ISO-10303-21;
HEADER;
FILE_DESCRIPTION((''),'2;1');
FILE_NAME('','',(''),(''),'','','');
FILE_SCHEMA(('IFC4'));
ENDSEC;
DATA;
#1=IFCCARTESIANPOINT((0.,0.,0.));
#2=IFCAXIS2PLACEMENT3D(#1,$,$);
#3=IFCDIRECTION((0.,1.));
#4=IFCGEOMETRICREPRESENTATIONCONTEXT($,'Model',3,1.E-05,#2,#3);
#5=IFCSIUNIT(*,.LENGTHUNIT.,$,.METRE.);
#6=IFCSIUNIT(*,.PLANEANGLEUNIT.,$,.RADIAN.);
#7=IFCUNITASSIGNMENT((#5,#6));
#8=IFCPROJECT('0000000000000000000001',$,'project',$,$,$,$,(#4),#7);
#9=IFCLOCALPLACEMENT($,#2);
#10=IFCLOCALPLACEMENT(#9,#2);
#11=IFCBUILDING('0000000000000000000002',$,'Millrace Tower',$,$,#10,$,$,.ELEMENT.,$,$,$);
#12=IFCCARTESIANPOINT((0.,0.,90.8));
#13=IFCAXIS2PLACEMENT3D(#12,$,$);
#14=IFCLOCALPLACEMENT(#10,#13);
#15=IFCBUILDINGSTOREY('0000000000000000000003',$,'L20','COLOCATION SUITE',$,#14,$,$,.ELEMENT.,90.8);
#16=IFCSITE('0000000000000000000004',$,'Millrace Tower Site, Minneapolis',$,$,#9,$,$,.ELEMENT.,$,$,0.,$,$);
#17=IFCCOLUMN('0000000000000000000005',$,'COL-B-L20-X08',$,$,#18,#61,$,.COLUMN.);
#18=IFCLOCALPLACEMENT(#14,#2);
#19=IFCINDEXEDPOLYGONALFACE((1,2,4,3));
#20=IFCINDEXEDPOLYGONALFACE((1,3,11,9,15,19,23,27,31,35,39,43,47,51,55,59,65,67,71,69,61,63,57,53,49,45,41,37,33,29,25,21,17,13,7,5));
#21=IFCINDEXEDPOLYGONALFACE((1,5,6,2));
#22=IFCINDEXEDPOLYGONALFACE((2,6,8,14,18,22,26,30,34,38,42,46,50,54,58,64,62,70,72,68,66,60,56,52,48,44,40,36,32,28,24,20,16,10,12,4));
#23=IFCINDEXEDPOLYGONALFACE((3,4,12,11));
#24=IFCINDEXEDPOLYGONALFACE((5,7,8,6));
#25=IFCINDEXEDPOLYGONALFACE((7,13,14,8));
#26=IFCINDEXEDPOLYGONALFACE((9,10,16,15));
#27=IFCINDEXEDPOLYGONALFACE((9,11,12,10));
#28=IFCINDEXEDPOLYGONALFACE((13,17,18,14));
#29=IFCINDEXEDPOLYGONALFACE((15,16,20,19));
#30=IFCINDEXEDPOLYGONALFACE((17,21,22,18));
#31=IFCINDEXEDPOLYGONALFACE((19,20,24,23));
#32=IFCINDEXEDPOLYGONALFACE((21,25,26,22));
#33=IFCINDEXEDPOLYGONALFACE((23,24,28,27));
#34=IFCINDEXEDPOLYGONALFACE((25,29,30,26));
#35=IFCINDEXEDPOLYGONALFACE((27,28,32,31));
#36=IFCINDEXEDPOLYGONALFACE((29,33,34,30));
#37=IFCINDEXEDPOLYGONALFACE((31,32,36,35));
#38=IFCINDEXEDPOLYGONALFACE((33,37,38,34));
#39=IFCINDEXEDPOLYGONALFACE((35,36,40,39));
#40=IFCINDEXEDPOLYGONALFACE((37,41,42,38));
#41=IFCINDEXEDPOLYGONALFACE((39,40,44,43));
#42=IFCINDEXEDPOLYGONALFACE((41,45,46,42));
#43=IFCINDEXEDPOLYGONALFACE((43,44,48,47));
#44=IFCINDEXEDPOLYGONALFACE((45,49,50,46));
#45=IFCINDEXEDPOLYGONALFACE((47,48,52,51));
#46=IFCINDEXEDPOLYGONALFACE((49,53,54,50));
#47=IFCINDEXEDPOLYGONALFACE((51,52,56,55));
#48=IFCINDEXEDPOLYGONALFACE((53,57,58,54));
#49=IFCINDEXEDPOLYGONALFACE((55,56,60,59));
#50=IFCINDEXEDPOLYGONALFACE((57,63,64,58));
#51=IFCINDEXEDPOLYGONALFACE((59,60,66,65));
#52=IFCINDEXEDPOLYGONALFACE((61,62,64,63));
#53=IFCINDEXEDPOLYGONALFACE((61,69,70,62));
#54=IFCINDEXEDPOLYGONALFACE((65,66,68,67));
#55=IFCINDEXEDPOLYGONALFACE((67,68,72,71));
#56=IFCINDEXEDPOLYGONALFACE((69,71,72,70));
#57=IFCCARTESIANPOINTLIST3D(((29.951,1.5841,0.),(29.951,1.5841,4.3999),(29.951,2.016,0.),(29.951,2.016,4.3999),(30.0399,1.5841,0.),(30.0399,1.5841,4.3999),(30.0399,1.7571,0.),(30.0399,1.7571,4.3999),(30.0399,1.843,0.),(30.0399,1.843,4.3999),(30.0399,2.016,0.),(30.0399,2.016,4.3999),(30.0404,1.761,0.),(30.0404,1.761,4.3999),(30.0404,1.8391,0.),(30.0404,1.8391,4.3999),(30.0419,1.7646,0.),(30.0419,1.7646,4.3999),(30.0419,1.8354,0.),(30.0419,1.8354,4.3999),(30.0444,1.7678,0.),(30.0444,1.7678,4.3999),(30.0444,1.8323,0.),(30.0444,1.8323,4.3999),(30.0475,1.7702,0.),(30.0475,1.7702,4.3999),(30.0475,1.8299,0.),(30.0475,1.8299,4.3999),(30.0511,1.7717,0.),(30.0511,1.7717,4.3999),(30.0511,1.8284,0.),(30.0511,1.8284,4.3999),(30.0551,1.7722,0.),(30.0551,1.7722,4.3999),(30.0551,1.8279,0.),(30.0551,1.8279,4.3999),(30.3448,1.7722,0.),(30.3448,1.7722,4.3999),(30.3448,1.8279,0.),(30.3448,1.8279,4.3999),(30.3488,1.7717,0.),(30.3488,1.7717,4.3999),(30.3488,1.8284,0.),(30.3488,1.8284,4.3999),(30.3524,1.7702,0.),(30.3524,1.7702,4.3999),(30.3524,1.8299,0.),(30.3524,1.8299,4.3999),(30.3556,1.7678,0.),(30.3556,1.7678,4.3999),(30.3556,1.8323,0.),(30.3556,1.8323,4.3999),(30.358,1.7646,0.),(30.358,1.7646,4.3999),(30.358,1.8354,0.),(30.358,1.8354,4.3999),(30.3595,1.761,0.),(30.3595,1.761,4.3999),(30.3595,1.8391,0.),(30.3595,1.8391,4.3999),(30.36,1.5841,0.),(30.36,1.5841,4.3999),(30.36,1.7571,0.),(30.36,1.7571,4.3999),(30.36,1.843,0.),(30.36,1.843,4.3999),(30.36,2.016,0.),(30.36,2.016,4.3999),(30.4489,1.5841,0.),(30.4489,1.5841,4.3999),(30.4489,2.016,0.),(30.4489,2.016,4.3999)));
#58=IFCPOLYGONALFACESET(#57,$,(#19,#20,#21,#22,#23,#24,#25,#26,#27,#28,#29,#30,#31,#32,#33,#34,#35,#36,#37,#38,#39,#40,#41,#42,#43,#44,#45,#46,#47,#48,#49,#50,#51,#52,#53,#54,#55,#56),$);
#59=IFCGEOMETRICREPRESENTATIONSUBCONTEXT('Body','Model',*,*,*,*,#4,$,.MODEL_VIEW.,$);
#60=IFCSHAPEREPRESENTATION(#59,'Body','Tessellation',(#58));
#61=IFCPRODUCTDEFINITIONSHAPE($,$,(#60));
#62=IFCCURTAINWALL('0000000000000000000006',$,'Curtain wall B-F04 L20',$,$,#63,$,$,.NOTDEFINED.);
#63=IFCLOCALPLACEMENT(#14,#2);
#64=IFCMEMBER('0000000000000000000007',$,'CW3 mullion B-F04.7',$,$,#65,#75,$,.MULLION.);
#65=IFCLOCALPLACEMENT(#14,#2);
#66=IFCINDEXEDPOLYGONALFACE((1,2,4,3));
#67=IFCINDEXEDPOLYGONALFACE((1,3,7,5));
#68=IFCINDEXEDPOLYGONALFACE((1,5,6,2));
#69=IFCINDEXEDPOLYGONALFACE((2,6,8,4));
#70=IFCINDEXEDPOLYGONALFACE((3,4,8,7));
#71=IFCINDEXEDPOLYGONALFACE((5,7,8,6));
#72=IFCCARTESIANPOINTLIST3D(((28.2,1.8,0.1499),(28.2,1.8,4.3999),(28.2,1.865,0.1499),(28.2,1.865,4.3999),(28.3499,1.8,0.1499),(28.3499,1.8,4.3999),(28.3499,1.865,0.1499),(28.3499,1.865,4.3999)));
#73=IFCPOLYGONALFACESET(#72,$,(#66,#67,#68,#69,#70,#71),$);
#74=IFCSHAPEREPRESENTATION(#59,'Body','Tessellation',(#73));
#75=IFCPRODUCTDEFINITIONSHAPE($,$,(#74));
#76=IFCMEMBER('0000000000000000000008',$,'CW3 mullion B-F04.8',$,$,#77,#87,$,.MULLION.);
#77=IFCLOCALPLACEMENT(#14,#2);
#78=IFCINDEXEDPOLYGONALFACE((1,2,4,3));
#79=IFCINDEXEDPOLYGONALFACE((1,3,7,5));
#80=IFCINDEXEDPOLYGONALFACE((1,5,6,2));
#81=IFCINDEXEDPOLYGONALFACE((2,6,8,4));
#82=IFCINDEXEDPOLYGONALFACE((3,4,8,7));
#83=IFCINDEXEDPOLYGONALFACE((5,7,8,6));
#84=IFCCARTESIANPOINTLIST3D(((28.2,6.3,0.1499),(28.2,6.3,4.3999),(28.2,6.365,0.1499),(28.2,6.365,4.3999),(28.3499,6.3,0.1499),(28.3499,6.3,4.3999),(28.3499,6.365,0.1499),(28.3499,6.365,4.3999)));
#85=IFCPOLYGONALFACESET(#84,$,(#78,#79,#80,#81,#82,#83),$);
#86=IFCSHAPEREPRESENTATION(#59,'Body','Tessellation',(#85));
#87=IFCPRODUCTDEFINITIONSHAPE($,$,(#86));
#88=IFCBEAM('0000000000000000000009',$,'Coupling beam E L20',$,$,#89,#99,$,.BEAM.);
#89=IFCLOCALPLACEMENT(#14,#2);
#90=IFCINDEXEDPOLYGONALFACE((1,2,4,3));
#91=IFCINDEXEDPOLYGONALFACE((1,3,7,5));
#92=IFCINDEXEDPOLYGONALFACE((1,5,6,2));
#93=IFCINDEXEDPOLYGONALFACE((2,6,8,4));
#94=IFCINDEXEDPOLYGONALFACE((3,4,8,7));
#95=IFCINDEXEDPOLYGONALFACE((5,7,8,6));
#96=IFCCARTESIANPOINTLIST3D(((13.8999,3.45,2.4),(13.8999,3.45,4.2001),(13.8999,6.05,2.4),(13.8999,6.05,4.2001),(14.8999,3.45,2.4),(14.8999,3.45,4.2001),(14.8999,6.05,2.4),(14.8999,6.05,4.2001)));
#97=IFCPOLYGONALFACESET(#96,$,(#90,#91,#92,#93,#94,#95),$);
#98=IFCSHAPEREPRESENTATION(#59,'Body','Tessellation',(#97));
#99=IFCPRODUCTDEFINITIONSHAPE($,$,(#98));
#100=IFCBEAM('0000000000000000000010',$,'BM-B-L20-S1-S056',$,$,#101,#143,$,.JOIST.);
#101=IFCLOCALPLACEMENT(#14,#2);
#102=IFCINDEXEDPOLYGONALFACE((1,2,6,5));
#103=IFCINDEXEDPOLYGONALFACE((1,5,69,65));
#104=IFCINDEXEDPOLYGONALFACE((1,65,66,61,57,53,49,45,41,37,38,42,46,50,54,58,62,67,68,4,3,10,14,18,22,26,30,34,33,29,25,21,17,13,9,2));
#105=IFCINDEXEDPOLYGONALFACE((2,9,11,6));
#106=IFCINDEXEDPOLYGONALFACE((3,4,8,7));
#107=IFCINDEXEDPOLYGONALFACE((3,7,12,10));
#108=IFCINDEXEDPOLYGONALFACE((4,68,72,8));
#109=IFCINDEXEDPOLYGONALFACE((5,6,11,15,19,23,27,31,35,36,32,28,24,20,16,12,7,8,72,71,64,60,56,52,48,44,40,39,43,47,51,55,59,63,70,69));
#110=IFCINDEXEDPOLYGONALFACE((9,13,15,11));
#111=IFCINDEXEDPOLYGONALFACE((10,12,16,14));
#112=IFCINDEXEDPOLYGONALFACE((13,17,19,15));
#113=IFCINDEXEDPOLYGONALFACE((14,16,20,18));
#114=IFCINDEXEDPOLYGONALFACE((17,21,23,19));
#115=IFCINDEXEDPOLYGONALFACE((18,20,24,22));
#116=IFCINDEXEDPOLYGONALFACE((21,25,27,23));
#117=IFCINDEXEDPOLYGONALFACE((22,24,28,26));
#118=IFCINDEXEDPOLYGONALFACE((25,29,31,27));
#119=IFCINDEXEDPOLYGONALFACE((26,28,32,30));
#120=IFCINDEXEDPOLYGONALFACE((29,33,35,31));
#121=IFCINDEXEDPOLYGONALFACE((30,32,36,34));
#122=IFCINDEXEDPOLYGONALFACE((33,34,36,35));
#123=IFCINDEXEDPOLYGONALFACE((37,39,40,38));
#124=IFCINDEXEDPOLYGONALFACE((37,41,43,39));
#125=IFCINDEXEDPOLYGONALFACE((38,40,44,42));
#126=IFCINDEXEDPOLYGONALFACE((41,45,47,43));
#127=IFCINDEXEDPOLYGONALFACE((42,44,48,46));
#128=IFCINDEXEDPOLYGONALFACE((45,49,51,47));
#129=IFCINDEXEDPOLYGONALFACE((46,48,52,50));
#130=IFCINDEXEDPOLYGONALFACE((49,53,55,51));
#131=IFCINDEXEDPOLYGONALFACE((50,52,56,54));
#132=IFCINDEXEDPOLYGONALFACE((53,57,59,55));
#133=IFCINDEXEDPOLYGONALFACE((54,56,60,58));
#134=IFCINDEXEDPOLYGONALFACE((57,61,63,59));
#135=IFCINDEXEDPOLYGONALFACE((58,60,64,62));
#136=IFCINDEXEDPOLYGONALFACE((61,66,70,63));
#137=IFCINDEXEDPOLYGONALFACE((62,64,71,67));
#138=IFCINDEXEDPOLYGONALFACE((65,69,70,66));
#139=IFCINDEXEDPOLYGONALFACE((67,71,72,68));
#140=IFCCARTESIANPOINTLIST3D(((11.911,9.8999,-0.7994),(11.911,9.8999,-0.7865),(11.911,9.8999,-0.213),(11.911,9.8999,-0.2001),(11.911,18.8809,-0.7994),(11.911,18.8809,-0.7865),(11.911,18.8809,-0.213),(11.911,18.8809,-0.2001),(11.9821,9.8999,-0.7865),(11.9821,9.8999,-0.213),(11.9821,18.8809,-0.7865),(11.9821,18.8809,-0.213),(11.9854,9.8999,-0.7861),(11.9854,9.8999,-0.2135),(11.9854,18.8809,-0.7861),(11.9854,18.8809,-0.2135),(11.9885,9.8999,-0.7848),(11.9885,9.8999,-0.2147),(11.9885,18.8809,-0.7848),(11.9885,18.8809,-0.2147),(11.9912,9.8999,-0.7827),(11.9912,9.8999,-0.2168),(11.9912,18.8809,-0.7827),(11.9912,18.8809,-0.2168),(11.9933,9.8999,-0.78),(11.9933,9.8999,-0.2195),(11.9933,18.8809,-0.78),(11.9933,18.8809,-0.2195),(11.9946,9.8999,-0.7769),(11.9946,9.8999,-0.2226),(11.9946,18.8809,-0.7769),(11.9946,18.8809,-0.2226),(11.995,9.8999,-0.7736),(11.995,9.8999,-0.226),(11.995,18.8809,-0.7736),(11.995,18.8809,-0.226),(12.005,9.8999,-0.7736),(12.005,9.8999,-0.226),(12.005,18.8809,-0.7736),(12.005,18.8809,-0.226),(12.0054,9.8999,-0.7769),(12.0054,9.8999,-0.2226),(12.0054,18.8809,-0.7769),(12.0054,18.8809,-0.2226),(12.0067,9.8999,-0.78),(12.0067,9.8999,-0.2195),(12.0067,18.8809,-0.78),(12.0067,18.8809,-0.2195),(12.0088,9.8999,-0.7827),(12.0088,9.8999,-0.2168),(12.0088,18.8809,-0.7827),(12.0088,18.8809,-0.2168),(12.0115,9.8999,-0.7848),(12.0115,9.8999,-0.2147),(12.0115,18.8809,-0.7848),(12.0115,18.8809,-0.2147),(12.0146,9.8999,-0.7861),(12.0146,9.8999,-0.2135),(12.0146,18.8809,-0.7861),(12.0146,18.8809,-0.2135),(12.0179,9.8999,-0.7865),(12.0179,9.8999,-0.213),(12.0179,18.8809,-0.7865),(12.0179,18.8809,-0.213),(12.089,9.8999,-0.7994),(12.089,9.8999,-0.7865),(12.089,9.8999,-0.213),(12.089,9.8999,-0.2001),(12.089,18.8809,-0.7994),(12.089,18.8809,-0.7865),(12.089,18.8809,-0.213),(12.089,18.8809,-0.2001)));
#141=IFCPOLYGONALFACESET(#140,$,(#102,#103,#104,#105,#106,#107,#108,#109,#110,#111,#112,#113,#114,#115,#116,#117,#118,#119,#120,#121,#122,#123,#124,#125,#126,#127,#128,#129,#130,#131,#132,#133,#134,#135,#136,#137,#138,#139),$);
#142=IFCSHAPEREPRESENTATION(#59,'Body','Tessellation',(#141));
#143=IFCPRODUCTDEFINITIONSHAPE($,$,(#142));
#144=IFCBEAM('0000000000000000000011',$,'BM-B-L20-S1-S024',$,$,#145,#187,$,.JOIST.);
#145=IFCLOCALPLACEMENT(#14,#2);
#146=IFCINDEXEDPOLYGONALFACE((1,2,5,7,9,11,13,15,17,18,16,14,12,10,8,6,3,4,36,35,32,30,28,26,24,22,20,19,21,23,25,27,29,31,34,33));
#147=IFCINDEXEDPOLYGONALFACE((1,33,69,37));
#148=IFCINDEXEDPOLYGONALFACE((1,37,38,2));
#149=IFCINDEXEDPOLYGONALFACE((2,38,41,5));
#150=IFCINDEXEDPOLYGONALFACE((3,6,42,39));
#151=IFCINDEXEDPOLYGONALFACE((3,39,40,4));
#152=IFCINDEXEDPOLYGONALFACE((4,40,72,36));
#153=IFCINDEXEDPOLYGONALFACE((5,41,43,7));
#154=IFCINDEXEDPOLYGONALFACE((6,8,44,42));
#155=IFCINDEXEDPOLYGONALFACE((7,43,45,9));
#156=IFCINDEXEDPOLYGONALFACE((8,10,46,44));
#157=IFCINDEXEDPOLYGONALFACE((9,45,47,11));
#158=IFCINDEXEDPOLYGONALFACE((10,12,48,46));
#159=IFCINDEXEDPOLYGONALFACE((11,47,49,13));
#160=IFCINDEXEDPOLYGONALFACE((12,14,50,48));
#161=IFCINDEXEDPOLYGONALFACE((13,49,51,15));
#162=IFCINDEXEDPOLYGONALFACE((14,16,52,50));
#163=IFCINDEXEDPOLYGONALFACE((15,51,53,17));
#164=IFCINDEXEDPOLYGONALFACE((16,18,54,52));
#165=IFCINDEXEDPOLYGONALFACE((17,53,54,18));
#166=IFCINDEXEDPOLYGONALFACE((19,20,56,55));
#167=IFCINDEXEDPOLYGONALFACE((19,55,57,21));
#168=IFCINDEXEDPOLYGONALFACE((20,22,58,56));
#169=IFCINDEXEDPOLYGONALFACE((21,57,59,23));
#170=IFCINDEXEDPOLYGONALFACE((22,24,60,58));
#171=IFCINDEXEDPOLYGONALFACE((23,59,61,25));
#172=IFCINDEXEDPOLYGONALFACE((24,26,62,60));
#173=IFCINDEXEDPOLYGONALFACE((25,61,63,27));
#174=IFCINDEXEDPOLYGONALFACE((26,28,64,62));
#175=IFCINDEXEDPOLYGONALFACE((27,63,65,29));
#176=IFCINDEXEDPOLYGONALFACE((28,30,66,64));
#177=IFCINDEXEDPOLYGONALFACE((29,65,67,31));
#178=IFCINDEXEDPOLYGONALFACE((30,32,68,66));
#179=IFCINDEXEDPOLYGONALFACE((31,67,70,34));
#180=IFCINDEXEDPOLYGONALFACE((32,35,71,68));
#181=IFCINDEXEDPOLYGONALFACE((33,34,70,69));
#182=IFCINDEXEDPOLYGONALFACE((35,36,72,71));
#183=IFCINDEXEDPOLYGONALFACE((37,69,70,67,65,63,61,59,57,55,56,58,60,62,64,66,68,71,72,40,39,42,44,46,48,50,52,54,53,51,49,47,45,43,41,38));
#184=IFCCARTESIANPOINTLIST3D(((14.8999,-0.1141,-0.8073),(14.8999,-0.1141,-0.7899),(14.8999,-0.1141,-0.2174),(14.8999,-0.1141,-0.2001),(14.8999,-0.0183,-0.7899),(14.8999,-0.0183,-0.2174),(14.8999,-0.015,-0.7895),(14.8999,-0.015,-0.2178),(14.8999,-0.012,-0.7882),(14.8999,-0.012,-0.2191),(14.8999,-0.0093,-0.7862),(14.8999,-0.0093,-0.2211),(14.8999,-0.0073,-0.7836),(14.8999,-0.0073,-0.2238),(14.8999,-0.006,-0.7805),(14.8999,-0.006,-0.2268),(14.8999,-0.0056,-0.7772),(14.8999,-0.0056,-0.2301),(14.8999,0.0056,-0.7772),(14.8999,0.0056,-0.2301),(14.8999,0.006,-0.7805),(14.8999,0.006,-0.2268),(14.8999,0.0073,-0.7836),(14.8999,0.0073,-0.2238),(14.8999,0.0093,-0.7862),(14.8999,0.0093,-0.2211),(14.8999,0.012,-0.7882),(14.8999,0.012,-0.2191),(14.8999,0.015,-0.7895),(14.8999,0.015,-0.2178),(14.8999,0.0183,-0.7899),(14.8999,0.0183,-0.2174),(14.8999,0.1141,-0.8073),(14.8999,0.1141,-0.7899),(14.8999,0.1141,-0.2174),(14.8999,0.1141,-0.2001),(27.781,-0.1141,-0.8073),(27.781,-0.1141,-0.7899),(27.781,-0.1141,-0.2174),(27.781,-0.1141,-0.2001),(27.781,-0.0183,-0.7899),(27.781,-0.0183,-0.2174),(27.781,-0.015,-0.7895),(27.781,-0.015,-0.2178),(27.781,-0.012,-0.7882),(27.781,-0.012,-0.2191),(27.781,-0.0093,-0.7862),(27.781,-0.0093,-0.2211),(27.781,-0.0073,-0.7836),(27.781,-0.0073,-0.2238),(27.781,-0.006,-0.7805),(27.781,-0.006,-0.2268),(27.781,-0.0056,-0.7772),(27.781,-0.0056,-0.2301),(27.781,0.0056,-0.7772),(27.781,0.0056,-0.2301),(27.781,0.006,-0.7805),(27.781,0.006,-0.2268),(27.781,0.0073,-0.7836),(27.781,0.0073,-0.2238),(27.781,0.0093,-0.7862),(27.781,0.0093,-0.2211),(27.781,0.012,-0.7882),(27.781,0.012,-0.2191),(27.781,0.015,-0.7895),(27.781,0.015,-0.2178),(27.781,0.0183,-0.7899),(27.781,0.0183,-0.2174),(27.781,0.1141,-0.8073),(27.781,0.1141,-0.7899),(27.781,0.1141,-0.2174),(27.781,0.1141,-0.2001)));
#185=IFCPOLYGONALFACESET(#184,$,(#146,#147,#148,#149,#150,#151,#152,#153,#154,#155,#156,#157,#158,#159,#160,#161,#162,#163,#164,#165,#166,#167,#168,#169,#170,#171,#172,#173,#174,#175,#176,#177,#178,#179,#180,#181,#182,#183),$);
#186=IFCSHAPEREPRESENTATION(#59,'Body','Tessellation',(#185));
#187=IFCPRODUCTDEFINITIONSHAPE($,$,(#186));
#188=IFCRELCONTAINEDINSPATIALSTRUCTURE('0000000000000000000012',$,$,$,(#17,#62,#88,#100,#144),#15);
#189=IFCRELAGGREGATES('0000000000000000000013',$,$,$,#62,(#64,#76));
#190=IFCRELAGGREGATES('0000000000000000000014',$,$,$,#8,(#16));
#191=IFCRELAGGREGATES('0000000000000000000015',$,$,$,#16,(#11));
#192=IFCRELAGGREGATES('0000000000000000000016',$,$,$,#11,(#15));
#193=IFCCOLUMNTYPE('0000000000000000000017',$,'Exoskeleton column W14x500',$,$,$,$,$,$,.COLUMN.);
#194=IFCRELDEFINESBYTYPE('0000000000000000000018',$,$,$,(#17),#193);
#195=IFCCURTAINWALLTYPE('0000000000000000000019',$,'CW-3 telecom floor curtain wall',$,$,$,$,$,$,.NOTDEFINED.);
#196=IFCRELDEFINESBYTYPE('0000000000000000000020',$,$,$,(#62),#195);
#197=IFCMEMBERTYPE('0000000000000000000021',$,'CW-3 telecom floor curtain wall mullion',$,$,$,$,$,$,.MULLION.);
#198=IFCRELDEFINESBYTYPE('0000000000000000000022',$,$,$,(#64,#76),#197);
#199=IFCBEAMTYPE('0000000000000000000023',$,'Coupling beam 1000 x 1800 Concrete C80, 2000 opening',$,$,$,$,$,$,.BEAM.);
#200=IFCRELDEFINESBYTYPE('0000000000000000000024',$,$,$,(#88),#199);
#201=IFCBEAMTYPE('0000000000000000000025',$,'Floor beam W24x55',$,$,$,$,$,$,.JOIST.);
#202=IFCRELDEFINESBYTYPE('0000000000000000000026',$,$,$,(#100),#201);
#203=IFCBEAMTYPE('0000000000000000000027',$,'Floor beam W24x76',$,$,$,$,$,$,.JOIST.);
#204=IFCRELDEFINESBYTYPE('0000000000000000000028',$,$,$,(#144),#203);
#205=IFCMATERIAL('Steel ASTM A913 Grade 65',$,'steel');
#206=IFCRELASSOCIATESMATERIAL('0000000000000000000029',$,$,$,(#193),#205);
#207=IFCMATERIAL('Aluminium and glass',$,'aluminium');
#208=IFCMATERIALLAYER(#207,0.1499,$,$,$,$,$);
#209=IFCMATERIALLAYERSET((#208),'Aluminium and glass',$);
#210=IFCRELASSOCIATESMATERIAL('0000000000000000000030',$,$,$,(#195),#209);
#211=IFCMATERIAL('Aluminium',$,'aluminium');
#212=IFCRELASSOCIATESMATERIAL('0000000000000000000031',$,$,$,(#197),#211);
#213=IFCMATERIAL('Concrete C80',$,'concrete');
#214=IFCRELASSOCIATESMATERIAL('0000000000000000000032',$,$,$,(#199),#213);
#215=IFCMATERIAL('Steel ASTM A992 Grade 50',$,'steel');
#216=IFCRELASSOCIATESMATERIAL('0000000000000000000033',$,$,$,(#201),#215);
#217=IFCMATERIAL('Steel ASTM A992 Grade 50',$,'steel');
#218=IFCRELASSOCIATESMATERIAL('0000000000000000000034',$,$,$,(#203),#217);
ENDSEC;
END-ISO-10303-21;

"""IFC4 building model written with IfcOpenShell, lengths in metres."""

from ifc_helpers import new_model, si_unit, direction, frame, origin, origin_2d, place, context, subcontext, project, spatial, rectangle, i_section, extrude, material, layer, layer_set, material_profile, profile_set, type_object, element, aggregate, save


model = new_model("IFC4")

# Units and contexts
model_context = context("Model", 3, precision=1e-05, world=origin(), true_north=direction((0.0, 1.0)))
body_context = subcontext(model_context, "Body", "Model", "MODEL_VIEW")
ifc_project = project(units=[si_unit("LENGTHUNIT", "METRE"), si_unit("PLANEANGLEUNIT", "RADIAN")], contexts=[model_context])

# Site, building, storey
site_placement = place(None, origin())
site = spatial("IfcSite", under=ifc_project, at=site_placement, Name="Millrace Tower Site, Minneapolis", CompositionType="ELEMENT", RefElevation=0.0)
building_placement = place(site_placement, origin())
building = spatial("IfcBuilding", under=site, at=building_placement, Name="Millrace Tower", CompositionType="ELEMENT")
storey_placement = place(building_placement, frame((0.0, 0.0, 90.8)))
storey = spatial("IfcBuildingStorey", under=building, at=storey_placement, Name="L20", Description="COLOCATION SUITE", CompositionType="ELEMENT", Elevation=90.8)

# Column
ifc_material_1 = material(Name="Steel ASTM A913 Grade 65", Category="steel")
ifc_material_profile_1 = material_profile(ifc_material_1, i_section(OverallWidth=0.4319, OverallDepth=0.4978, WebThickness=0.0557, FlangeThickness=0.0889, FilletRadius=0.0151, at=origin_2d()))
ifc_profile_set_1 = profile_set([ifc_material_profile_1], Name="Steel ASTM A913 Grade 65")
column_type = type_object("IfcColumnType", Name="Exoskeleton column W14x500", PredefinedType="COLUMN", material=ifc_profile_set_1)
column_placement = place(storey_placement, frame((30.2, 1.8, 0.0), z_axis=(0.0, 0.0, 1.0), x_axis=(0.0, 1.0, 0.0)))
element("IfcColumn", 1, at=column_placement, inside=storey, type_object=column_type, Name="COL-B-L20-X08", PredefinedType="COLUMN", context=body_context, shape_type="SweptSolid", body=[
    extrude(i_section(OverallWidth=0.4319, OverallDepth=0.4978, WebThickness=0.0557, FlangeThickness=0.0889, FilletRadius=0.0151, at=origin_2d()), origin(), (0.0, 0.0, 1.0), 4.3999),
])

# Curtain wall, members
ifc_material_2 = material(Name="Aluminium and glass", Category="aluminium")
ifc_layer_1 = layer(ifc_material_2, 0.1499)
ifc_layer_set_1 = layer_set([ifc_layer_1], Name="Aluminium and glass")
curtain_wall_type = type_object("IfcCurtainWallType", Name="CW-3 telecom floor curtain wall", PredefinedType="NOTDEFINED", material=ifc_layer_set_1)
curtain_wall_placement = place(storey_placement, origin())
curtain_wall = element("IfcCurtainWall", 2, at=curtain_wall_placement, inside=storey, type_object=curtain_wall_type, Name="Curtain wall B-F04 L20", PredefinedType="NOTDEFINED")
ifc_material_3 = material(Name="Aluminium", Category="aluminium")
ifc_material_profile_2 = material_profile(ifc_material_3, rectangle(XDim=0.0649, YDim=0.1499, at=origin_2d()))
ifc_profile_set_2 = profile_set([ifc_material_profile_2], Name="Aluminium")
member_type = type_object("IfcMemberType", Name="CW-3 telecom floor curtain wall mullion", PredefinedType="MULLION", material=ifc_profile_set_2)
member_1_placement = place(storey_placement, frame((28.2749, 1.8325, 0.1499), z_axis=(0.0, 0.0, 1.0), x_axis=(0.0, 1.0, 0.0)))
member_1 = element("IfcMember", 3, at=member_1_placement, type_object=member_type, Name="CW3 mullion B-F04.7", PredefinedType="MULLION", context=body_context, shape_type="SweptSolid", body=[
    extrude(rectangle(XDim=0.0649, YDim=0.1499, at=origin_2d()), origin(), (0.0, 0.0, 1.0), 4.25),
])
member_2_placement = place(storey_placement, frame((28.2749, 6.3325, 0.1499), z_axis=(0.0, 0.0, 1.0), x_axis=(0.0, 1.0, 0.0)))
member_2 = element("IfcMember", 4, at=member_2_placement, type_object=member_type, Name="CW3 mullion B-F04.8", PredefinedType="MULLION", context=body_context, shape_type="SweptSolid", body=[
    extrude(rectangle(XDim=0.0649, YDim=0.1499, at=origin_2d()), origin(), (0.0, 0.0, 1.0), 4.25),
])
aggregate(curtain_wall, [member_1, member_2])

# Beams
ifc_material_4 = material(Name="Concrete C80", Category="concrete")
ifc_material_profile_3 = material_profile(ifc_material_4, rectangle(XDim=1.0, YDim=1.8, at=origin_2d()))
ifc_profile_set_3 = profile_set([ifc_material_profile_3], Name="Concrete C80")
beam_type_1 = type_object("IfcBeamType", Name="Coupling beam 1000 x 1800 Concrete C80, 2000 opening", PredefinedType="BEAM", material=ifc_profile_set_3)
beam_1_placement = place(storey_placement, frame((14.3999, 6.05, 3.3), z_axis=(0.0, -1.0, 0.0), x_axis=(1.0, 0.0, 0.0)))
element("IfcBeam", 5, at=beam_1_placement, inside=storey, type_object=beam_type_1, Name="Coupling beam E L20", PredefinedType="BEAM", context=body_context, shape_type="SweptSolid", body=[
    extrude(rectangle(XDim=1.0, YDim=1.8, at=origin_2d()), origin(), (0.0, 0.0, 1.0), 2.6001),
])
ifc_material_5 = material(Name="Steel ASTM A992 Grade 50", Category="steel")
ifc_material_profile_4 = material_profile(ifc_material_5, i_section(OverallWidth=0.178, OverallDepth=0.5994, WebThickness=0.01, FlangeThickness=0.0129, FilletRadius=0.0129, at=origin_2d()))
ifc_profile_set_4 = profile_set([ifc_material_profile_4], Name="Steel ASTM A992 Grade 50")
beam_type_2 = type_object("IfcBeamType", Name="Floor beam W24x55", PredefinedType="JOIST", material=ifc_profile_set_4)
beam_2_placement = place(storey_placement, frame((12.0, 9.8999, -0.4998), z_axis=(0.0, 1.0, 0.0), x_axis=(-1.0, 0.0, 0.0)))
element("IfcBeam", 6, at=beam_2_placement, inside=storey, type_object=beam_type_2, Name="BM-B-L20-S1-S056", PredefinedType="JOIST", context=body_context, shape_type="SweptSolid", body=[
    extrude(i_section(OverallWidth=0.178, OverallDepth=0.5994, WebThickness=0.01, FlangeThickness=0.0129, FilletRadius=0.0129, at=origin_2d()), origin(), (0.0, 0.0, 1.0), 8.981),
])
ifc_material_6 = material(Name="Steel ASTM A992 Grade 50", Category="steel")
ifc_material_profile_5 = material_profile(ifc_material_6, i_section(OverallWidth=0.2283, OverallDepth=0.6072, WebThickness=0.0112, FlangeThickness=0.0173, FilletRadius=0.0127, at=origin_2d()))
ifc_profile_set_5 = profile_set([ifc_material_profile_5], Name="Steel ASTM A992 Grade 50")
beam_type_3 = type_object("IfcBeamType", Name="Floor beam W24x76", PredefinedType="JOIST", material=ifc_profile_set_5)
for number, where, z_axis, x_axis, name in (
    (7, (14.8999, 0.0, -0.5037), (1.0, 0.0, 0.0), (0.0, 1.0, 0.0), "BM-B-L20-S1-S024"),
):
    element("IfcBeam", number, at=place(storey_placement, frame(where, z_axis=z_axis, x_axis=x_axis)), inside=storey, type_object=beam_type_3, Name=name, PredefinedType="JOIST", context=body_context, shape_type="SweptSolid", body=[
        extrude(i_section(OverallWidth=0.2283, OverallDepth=0.6072, WebThickness=0.0112, FlangeThickness=0.0173, FilletRadius=0.0127, at=origin_2d()), origin(), (0.0, 0.0, 1.0), 12.8811),
    ])

save(model, "model.ifc")
